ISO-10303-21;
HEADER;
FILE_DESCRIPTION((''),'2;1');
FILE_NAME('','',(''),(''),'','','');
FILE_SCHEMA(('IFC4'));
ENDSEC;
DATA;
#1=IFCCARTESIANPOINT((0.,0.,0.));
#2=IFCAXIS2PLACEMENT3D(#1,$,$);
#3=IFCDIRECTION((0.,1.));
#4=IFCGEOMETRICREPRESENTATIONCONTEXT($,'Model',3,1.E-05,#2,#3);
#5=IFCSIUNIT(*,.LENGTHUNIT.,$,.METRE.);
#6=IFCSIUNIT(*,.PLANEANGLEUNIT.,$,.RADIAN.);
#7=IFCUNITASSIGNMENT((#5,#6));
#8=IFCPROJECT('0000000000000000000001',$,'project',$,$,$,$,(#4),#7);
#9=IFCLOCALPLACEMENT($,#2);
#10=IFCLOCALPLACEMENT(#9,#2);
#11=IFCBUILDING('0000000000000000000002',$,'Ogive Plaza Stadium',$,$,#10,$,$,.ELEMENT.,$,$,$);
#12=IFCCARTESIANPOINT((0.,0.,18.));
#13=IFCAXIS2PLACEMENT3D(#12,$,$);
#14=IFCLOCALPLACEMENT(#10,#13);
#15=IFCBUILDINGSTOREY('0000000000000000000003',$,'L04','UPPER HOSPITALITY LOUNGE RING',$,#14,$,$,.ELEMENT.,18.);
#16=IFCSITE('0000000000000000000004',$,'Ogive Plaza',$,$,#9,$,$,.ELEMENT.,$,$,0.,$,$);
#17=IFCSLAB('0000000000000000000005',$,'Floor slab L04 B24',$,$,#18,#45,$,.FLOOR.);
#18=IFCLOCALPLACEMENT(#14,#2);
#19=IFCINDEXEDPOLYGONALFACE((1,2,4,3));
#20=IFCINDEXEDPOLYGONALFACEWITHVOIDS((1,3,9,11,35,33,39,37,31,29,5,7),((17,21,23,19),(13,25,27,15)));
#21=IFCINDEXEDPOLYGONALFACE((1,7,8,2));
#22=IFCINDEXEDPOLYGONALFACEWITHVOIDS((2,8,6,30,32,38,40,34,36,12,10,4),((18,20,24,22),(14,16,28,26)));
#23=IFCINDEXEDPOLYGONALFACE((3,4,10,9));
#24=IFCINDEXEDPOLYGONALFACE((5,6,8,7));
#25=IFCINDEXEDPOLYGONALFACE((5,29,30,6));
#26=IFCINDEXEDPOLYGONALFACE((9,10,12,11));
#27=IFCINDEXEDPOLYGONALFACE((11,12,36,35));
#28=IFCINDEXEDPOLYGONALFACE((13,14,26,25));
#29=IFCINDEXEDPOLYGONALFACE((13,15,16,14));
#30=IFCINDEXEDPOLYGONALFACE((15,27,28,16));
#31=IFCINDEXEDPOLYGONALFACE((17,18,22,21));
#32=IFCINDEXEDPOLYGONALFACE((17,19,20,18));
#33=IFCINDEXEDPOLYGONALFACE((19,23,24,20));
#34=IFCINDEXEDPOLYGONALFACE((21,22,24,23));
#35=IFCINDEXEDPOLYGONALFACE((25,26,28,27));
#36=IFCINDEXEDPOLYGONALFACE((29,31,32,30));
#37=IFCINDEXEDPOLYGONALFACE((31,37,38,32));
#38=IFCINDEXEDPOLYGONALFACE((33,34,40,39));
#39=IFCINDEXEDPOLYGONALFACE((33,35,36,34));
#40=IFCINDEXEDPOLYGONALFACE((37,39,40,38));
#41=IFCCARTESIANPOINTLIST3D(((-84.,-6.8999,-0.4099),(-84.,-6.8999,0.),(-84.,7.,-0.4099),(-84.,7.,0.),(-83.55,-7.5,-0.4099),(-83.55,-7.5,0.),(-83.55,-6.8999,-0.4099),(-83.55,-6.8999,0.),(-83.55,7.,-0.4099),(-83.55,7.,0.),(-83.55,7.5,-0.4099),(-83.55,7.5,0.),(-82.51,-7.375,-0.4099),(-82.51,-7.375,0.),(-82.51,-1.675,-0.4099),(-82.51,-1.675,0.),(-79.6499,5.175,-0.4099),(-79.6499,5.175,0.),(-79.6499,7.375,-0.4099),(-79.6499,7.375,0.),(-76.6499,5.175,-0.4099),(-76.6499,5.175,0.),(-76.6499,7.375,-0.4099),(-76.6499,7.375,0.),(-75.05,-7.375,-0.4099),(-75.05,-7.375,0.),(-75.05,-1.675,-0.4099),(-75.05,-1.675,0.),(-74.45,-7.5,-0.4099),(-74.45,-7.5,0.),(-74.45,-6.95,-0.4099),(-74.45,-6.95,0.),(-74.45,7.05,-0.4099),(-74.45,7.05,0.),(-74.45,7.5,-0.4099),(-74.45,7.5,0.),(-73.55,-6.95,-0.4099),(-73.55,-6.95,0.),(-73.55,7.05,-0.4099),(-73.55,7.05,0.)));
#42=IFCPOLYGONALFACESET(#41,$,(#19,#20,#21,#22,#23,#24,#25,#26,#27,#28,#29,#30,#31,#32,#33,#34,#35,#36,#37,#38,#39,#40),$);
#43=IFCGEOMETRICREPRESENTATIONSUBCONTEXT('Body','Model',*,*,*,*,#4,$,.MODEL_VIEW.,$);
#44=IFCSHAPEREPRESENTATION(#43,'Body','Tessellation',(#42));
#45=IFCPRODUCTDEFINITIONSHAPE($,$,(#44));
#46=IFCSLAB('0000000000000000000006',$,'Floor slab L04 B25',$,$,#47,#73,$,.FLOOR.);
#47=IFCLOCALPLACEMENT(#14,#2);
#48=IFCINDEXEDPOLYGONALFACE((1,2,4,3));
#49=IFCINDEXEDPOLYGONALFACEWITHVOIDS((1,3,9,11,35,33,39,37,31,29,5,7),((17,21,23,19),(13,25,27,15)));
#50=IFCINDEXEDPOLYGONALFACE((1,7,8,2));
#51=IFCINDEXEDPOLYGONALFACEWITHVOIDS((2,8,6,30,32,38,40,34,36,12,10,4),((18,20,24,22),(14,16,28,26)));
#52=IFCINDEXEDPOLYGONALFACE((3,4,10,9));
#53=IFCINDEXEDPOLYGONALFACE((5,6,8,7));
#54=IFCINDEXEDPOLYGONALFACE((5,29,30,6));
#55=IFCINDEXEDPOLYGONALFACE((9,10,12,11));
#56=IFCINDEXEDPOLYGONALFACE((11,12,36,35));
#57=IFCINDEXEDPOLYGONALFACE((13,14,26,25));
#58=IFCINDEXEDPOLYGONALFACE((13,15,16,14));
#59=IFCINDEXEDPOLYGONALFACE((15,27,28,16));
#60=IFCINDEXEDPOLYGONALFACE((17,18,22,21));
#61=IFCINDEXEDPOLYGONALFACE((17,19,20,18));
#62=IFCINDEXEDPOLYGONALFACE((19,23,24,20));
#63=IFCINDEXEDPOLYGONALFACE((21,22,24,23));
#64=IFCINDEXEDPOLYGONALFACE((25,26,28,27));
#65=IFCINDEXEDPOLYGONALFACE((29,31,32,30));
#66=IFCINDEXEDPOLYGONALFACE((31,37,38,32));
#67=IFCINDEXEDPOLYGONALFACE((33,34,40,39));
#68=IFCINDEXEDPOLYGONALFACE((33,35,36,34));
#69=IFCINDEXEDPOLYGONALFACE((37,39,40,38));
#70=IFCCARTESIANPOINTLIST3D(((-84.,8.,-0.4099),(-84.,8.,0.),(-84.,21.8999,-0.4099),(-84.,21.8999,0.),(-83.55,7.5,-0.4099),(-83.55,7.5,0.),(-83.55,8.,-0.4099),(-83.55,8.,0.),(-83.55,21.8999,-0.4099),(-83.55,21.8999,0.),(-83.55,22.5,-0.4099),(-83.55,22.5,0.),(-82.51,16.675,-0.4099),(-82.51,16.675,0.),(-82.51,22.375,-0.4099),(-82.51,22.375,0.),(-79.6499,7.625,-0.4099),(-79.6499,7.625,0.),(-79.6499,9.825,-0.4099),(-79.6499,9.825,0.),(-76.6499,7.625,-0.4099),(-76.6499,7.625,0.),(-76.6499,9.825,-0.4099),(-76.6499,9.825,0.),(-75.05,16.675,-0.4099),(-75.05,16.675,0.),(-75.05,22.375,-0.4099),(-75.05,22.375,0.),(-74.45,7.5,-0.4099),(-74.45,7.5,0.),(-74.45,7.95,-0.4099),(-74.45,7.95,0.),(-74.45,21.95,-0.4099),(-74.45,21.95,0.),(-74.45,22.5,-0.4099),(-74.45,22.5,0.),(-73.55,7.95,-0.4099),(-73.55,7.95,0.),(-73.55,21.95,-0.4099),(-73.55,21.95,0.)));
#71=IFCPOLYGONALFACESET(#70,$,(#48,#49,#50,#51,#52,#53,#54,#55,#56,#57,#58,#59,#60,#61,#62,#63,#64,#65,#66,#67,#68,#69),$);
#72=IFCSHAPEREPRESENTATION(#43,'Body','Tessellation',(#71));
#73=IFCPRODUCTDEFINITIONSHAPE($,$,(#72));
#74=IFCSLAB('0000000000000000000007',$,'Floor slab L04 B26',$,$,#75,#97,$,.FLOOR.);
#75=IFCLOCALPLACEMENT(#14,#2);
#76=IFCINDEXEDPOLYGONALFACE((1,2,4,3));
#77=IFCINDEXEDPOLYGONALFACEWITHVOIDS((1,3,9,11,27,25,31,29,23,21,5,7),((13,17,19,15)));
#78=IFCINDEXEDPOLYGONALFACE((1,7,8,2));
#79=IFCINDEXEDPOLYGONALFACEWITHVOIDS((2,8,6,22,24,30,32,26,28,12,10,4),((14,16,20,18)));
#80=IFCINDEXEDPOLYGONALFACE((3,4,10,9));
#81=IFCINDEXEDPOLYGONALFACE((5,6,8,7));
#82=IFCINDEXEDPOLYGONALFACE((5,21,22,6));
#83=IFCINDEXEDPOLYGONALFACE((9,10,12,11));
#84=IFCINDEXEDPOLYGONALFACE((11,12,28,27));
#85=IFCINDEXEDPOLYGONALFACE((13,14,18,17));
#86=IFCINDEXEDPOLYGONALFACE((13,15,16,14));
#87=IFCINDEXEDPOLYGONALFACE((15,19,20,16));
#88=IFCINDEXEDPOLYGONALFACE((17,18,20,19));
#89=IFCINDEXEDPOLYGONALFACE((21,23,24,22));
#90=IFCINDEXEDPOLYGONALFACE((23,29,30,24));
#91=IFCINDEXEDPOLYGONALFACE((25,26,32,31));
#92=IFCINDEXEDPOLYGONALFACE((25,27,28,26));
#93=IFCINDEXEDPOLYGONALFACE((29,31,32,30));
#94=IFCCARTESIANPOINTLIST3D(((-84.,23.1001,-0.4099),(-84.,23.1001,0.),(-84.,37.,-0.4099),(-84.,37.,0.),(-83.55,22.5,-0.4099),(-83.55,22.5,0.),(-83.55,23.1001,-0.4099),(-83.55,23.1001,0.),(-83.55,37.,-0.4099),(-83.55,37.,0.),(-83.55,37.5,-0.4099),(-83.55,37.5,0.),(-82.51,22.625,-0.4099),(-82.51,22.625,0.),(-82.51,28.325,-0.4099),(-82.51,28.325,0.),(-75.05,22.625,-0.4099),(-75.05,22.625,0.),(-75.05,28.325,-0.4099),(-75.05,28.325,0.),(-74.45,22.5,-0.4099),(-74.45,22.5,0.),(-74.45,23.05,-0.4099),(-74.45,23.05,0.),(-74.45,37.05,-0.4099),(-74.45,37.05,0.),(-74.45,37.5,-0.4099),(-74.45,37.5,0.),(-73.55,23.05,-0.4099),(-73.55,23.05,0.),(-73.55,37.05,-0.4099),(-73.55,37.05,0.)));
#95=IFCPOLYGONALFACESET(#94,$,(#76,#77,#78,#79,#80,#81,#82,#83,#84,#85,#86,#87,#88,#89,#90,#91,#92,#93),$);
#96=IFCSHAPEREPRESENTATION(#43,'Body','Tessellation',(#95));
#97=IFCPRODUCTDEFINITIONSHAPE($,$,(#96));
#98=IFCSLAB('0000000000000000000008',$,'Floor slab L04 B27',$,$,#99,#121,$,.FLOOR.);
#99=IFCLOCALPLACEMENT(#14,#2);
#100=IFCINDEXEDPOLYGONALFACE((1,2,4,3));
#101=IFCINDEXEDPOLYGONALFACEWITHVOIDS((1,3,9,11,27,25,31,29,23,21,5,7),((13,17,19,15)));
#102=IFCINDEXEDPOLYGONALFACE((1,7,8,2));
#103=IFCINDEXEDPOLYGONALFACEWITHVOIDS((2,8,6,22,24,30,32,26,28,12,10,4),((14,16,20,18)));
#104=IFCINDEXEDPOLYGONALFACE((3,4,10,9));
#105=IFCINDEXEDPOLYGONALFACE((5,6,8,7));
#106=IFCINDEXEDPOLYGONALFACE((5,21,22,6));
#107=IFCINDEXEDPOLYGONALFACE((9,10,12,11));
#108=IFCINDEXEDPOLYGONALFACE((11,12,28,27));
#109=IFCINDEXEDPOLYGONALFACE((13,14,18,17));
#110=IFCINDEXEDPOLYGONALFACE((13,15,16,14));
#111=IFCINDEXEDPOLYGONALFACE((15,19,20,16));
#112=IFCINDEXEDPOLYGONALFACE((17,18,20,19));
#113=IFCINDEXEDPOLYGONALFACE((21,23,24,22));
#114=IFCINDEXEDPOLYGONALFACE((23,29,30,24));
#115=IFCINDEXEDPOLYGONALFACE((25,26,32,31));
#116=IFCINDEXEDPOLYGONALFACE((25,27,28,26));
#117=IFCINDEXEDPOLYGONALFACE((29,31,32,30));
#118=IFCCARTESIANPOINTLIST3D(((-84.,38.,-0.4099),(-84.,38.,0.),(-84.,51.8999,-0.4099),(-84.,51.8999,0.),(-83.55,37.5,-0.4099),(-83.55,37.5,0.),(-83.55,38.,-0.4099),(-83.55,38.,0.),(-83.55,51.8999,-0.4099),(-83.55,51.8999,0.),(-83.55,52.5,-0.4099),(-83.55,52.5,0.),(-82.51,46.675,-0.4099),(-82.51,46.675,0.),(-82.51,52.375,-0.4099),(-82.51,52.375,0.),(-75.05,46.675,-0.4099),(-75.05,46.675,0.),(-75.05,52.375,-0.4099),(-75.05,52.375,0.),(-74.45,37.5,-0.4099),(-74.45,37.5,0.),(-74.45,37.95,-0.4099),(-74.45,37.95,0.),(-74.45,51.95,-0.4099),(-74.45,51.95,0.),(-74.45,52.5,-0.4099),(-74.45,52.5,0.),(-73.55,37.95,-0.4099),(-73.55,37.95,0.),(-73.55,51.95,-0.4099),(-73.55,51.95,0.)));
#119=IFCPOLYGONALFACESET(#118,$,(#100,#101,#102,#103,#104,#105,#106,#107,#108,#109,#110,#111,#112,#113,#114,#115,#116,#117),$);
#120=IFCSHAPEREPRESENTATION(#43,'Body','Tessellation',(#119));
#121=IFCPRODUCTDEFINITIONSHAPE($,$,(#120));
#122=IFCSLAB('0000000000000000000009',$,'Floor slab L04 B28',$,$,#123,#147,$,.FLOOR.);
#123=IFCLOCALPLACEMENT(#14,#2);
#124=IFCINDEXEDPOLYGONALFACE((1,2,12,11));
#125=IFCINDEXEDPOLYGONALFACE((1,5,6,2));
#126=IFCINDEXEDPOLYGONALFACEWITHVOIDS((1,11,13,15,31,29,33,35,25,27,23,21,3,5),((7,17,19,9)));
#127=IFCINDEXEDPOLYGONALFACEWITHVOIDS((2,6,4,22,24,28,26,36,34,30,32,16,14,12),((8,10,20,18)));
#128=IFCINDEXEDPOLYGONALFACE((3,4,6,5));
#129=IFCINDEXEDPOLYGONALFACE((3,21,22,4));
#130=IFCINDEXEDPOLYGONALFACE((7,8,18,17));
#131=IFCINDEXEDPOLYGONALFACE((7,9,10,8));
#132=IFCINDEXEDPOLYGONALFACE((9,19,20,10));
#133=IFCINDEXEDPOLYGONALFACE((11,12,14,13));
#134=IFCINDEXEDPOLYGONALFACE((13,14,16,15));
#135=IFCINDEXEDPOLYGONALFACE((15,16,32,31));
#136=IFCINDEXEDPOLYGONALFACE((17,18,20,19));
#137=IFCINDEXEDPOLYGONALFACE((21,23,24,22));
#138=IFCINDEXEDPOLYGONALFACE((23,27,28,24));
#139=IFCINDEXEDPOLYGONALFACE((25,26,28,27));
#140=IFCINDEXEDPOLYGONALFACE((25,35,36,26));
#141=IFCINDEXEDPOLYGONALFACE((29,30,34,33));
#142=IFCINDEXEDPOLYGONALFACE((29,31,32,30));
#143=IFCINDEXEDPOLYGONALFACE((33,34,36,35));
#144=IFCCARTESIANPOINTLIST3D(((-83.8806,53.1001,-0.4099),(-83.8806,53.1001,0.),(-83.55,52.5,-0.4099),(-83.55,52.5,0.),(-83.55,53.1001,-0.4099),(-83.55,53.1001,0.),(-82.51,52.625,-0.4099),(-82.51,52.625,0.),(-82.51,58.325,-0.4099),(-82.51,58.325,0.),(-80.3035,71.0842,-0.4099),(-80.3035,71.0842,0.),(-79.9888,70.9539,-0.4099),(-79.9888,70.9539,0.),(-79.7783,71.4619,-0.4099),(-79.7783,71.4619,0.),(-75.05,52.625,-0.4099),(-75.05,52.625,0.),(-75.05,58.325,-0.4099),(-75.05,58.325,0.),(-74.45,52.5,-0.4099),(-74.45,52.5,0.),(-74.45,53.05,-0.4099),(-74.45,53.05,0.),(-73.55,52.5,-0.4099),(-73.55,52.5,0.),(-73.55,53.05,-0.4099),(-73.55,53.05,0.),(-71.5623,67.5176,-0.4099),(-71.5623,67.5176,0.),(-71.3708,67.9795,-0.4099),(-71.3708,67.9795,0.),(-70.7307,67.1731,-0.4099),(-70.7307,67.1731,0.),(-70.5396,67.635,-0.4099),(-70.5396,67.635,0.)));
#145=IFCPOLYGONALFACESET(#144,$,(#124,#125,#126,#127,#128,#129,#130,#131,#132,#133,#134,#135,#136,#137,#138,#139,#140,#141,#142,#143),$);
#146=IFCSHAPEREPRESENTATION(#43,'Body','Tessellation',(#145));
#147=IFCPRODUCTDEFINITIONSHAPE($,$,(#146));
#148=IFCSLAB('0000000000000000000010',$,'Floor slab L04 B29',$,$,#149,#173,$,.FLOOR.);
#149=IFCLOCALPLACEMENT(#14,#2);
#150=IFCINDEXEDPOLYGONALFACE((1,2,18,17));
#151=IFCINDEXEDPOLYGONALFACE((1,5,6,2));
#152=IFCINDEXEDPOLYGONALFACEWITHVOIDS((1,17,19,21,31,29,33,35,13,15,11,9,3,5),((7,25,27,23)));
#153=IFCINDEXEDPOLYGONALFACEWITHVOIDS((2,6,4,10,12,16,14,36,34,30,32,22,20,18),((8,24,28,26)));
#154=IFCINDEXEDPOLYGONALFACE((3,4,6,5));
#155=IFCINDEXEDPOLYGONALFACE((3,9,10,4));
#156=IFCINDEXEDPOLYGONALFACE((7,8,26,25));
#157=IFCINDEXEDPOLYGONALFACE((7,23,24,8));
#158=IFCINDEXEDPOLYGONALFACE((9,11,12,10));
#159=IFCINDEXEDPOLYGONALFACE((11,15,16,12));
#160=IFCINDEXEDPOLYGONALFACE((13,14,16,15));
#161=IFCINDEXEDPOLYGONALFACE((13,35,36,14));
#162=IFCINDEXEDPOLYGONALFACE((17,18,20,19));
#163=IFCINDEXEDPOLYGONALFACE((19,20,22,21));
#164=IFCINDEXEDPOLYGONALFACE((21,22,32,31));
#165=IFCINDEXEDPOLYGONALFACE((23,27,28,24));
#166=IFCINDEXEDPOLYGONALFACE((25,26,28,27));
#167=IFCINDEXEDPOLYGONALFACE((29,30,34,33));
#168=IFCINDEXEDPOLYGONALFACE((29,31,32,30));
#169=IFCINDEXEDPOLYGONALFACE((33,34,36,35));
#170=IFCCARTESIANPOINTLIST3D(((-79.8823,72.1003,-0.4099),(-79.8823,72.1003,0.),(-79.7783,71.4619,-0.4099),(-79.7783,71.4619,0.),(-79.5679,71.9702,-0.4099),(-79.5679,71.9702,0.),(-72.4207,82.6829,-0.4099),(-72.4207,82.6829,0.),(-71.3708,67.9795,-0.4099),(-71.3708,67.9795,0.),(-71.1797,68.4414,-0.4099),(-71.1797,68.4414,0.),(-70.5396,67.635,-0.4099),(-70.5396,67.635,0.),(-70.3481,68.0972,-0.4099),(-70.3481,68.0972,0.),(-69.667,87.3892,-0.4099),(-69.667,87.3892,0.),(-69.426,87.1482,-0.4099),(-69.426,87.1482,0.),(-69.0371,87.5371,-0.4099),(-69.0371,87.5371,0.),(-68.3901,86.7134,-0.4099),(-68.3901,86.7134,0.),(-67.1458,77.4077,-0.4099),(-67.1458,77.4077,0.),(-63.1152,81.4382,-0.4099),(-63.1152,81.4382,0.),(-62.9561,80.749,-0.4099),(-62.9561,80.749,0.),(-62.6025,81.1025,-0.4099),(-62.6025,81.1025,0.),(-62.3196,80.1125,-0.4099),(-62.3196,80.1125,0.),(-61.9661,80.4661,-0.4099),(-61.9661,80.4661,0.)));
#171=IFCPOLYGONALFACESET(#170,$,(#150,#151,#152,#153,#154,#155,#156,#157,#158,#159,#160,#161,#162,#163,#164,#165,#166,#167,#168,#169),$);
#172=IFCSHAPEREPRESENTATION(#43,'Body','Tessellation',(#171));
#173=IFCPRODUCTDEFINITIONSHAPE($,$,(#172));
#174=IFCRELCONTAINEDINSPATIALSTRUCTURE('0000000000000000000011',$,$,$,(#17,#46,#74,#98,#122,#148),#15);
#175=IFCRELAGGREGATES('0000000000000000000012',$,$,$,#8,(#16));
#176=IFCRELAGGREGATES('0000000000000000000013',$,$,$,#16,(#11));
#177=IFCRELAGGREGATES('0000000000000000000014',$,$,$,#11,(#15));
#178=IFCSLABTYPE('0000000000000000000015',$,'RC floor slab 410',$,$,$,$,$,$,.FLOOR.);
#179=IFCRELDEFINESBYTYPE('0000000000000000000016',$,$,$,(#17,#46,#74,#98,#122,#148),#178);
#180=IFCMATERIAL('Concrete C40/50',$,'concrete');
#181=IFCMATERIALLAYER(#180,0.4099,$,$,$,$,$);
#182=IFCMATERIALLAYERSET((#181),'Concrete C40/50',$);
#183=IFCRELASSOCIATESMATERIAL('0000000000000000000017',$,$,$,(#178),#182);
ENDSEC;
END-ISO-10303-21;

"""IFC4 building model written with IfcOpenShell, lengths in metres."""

from ifc_helpers import new_model, si_unit, direction, frame, origin, place, context, subcontext, project, spatial, polyline, outline, extrude, material, layer, layer_set, type_object, element, save


model = new_model("IFC4")

# Units and contexts
model_context = context("Model", 3, precision=1e-05, world=origin(), true_north=direction((0.0, 1.0)))
body_context = subcontext(model_context, "Body", "Model", "MODEL_VIEW")
ifc_project = project(units=[si_unit("LENGTHUNIT", "METRE"), si_unit("PLANEANGLEUNIT", "RADIAN")], contexts=[model_context])

# Site, building, storey
site_placement = place(None, origin())
site = spatial("IfcSite", under=ifc_project, at=site_placement, Name="Ogive Plaza", CompositionType="ELEMENT", RefElevation=0.0)
building_placement = place(site_placement, origin())
building = spatial("IfcBuilding", under=site, at=building_placement, Name="Ogive Plaza Stadium", CompositionType="ELEMENT")
storey_placement = place(building_placement, frame((0.0, 0.0, 18.0)))
storey = spatial("IfcBuildingStorey", under=building, at=storey_placement, Name="L04", Description="UPPER HOSPITALITY LOUNGE RING", CompositionType="ELEMENT", Elevation=18.0)

# Slabs
ifc_material = material(Name="Concrete C40/50", Category="concrete")
ifc_layer = layer(ifc_material, 0.4099)
ifc_layer_set = layer_set([ifc_layer], Name="Concrete C40/50")
slab_type = type_object("IfcSlabType", Name="RC floor slab 410", PredefinedType="FLOOR", material=ifc_layer_set)
slab_1_placement = place(storey_placement, frame((0.0, 0.0, -0.4099)))
element("IfcSlab", 1, at=slab_1_placement, inside=storey, type_object=slab_type, Name="Floor slab L04 B24", PredefinedType="FLOOR", context=body_context, shape_type="SweptSolid", body=[
    extrude(outline(polyline([(-83.55, 7.5), (-83.55, 7.0), (-84.0, 7.0), (-84.0, -6.8999), (-83.55, -6.8999), (-83.55, -7.5), (-74.45, -7.5), (-74.45, -6.95), (-73.55, -6.95), (-73.55, 7.05), (-74.45, 7.05), (-74.45, 7.5), (-83.55, 7.5)]), holes=[polyline([(-75.05, -7.375), (-75.05, -1.675), (-82.51, -1.675), (-82.51, -7.375), (-75.05, -7.375)]), polyline([(-76.6499, 5.175), (-76.6499, 7.375), (-79.6499, 7.375), (-79.6499, 5.175), (-76.6499, 5.175)])]), origin(), (0.0, 0.0, 1.0), 0.4099),
])
slab_2_placement = place(storey_placement, frame((0.0, 0.0, -0.4099)))
element("IfcSlab", 2, at=slab_2_placement, inside=storey, type_object=slab_type, Name="Floor slab L04 B25", PredefinedType="FLOOR", context=body_context, shape_type="SweptSolid", body=[
    extrude(outline(polyline([(-83.55, 22.5), (-83.55, 21.8999), (-84.0, 21.8999), (-84.0, 8.0), (-83.55, 8.0), (-83.55, 7.5), (-74.45, 7.5), (-74.45, 7.95), (-73.55, 7.95), (-73.55, 21.95), (-74.45, 21.95), (-74.45, 22.5), (-83.55, 22.5)]), holes=[polyline([(-76.6499, 7.625), (-76.6499, 9.825), (-79.6499, 9.825), (-79.6499, 7.625), (-76.6499, 7.625)]), polyline([(-75.05, 16.675), (-75.05, 22.375), (-82.51, 22.375), (-82.51, 16.675), (-75.05, 16.675)])]), origin(), (0.0, 0.0, 1.0), 0.4099),
])
slab_3_placement = place(storey_placement, frame((0.0, 0.0, -0.4099)))
element("IfcSlab", 3, at=slab_3_placement, inside=storey, type_object=slab_type, Name="Floor slab L04 B26", PredefinedType="FLOOR", context=body_context, shape_type="SweptSolid", body=[
    extrude(outline(polyline([(-83.55, 37.5), (-83.55, 37.0), (-84.0, 37.0), (-84.0, 23.1001), (-83.55, 23.1001), (-83.55, 22.5), (-74.45, 22.5), (-74.45, 23.05), (-73.55, 23.05), (-73.55, 37.05), (-74.45, 37.05), (-74.45, 37.5), (-83.55, 37.5)]), holes=[polyline([(-75.05, 22.625), (-75.05, 28.325), (-82.51, 28.325), (-82.51, 22.625), (-75.05, 22.625)])]), origin(), (0.0, 0.0, 1.0), 0.4099),
])
slab_4_placement = place(storey_placement, frame((0.0, 0.0, -0.4099)))
element("IfcSlab", 4, at=slab_4_placement, inside=storey, type_object=slab_type, Name="Floor slab L04 B27", PredefinedType="FLOOR", context=body_context, shape_type="SweptSolid", body=[
    extrude(outline(polyline([(-83.55, 52.5), (-83.55, 51.8999), (-84.0, 51.8999), (-84.0, 38.0), (-83.55, 38.0), (-83.55, 37.5), (-74.45, 37.5), (-74.45, 37.95), (-73.55, 37.95), (-73.55, 51.95), (-74.45, 51.95), (-74.45, 52.5), (-83.55, 52.5)]), holes=[polyline([(-75.05, 52.375), (-82.51, 52.375), (-82.51, 46.675), (-75.05, 46.675), (-75.05, 52.375)])]), origin(), (0.0, 0.0, 1.0), 0.4099),
])
slab_5_placement = place(storey_placement, frame((0.0, 0.0, -0.4099)))
element("IfcSlab", 5, at=slab_5_placement, inside=storey, type_object=slab_type, Name="Floor slab L04 B28", PredefinedType="FLOOR", context=body_context, shape_type="SweptSolid", body=[
    extrude(outline(polyline([(-79.7783, 71.4619), (-79.9888, 70.9539), (-80.3035, 71.0842), (-83.8806, 53.1001), (-83.55, 53.1001), (-83.55, 52.5), (-74.45, 52.5), (-74.45, 53.05), (-73.55, 53.05), (-73.55, 52.5), (-70.5396, 67.635), (-70.7307, 67.1731), (-71.5623, 67.5176), (-71.3708, 67.9795), (-79.7783, 71.4619)]), holes=[polyline([(-75.05, 52.625), (-75.05, 58.325), (-82.51, 58.325), (-82.51, 52.625), (-75.05, 52.625)])]), origin(), (0.0, 0.0, 1.0), 0.4099),
])
slab_6_placement = place(storey_placement, frame((0.0, 0.0, -0.4099)))
element("IfcSlab", 6, at=slab_6_placement, inside=storey, type_object=slab_type, Name="Floor slab L04 B29", PredefinedType="FLOOR", context=body_context, shape_type="SweptSolid", body=[
    extrude(outline(polyline([(-61.9661, 80.4661), (-62.3196, 80.1125), (-62.9561, 80.749), (-62.6025, 81.1025), (-69.0371, 87.5371), (-69.426, 87.1482), (-69.667, 87.3892), (-79.8823, 72.1003), (-79.5679, 71.9702), (-79.7783, 71.4619), (-71.3708, 67.9795), (-71.1797, 68.4414), (-70.3481, 68.0972), (-70.5396, 67.635), (-61.9661, 80.4661), (-61.9661, 80.4661)]), holes=[polyline([(-67.1458, 77.4077), (-63.1152, 81.4382), (-68.3901, 86.7134), (-72.4207, 82.6829), (-67.1458, 77.4077)])]), origin(), (0.0, 0.0, 1.0), 0.4099),
])

save(model, "model.ifc")
